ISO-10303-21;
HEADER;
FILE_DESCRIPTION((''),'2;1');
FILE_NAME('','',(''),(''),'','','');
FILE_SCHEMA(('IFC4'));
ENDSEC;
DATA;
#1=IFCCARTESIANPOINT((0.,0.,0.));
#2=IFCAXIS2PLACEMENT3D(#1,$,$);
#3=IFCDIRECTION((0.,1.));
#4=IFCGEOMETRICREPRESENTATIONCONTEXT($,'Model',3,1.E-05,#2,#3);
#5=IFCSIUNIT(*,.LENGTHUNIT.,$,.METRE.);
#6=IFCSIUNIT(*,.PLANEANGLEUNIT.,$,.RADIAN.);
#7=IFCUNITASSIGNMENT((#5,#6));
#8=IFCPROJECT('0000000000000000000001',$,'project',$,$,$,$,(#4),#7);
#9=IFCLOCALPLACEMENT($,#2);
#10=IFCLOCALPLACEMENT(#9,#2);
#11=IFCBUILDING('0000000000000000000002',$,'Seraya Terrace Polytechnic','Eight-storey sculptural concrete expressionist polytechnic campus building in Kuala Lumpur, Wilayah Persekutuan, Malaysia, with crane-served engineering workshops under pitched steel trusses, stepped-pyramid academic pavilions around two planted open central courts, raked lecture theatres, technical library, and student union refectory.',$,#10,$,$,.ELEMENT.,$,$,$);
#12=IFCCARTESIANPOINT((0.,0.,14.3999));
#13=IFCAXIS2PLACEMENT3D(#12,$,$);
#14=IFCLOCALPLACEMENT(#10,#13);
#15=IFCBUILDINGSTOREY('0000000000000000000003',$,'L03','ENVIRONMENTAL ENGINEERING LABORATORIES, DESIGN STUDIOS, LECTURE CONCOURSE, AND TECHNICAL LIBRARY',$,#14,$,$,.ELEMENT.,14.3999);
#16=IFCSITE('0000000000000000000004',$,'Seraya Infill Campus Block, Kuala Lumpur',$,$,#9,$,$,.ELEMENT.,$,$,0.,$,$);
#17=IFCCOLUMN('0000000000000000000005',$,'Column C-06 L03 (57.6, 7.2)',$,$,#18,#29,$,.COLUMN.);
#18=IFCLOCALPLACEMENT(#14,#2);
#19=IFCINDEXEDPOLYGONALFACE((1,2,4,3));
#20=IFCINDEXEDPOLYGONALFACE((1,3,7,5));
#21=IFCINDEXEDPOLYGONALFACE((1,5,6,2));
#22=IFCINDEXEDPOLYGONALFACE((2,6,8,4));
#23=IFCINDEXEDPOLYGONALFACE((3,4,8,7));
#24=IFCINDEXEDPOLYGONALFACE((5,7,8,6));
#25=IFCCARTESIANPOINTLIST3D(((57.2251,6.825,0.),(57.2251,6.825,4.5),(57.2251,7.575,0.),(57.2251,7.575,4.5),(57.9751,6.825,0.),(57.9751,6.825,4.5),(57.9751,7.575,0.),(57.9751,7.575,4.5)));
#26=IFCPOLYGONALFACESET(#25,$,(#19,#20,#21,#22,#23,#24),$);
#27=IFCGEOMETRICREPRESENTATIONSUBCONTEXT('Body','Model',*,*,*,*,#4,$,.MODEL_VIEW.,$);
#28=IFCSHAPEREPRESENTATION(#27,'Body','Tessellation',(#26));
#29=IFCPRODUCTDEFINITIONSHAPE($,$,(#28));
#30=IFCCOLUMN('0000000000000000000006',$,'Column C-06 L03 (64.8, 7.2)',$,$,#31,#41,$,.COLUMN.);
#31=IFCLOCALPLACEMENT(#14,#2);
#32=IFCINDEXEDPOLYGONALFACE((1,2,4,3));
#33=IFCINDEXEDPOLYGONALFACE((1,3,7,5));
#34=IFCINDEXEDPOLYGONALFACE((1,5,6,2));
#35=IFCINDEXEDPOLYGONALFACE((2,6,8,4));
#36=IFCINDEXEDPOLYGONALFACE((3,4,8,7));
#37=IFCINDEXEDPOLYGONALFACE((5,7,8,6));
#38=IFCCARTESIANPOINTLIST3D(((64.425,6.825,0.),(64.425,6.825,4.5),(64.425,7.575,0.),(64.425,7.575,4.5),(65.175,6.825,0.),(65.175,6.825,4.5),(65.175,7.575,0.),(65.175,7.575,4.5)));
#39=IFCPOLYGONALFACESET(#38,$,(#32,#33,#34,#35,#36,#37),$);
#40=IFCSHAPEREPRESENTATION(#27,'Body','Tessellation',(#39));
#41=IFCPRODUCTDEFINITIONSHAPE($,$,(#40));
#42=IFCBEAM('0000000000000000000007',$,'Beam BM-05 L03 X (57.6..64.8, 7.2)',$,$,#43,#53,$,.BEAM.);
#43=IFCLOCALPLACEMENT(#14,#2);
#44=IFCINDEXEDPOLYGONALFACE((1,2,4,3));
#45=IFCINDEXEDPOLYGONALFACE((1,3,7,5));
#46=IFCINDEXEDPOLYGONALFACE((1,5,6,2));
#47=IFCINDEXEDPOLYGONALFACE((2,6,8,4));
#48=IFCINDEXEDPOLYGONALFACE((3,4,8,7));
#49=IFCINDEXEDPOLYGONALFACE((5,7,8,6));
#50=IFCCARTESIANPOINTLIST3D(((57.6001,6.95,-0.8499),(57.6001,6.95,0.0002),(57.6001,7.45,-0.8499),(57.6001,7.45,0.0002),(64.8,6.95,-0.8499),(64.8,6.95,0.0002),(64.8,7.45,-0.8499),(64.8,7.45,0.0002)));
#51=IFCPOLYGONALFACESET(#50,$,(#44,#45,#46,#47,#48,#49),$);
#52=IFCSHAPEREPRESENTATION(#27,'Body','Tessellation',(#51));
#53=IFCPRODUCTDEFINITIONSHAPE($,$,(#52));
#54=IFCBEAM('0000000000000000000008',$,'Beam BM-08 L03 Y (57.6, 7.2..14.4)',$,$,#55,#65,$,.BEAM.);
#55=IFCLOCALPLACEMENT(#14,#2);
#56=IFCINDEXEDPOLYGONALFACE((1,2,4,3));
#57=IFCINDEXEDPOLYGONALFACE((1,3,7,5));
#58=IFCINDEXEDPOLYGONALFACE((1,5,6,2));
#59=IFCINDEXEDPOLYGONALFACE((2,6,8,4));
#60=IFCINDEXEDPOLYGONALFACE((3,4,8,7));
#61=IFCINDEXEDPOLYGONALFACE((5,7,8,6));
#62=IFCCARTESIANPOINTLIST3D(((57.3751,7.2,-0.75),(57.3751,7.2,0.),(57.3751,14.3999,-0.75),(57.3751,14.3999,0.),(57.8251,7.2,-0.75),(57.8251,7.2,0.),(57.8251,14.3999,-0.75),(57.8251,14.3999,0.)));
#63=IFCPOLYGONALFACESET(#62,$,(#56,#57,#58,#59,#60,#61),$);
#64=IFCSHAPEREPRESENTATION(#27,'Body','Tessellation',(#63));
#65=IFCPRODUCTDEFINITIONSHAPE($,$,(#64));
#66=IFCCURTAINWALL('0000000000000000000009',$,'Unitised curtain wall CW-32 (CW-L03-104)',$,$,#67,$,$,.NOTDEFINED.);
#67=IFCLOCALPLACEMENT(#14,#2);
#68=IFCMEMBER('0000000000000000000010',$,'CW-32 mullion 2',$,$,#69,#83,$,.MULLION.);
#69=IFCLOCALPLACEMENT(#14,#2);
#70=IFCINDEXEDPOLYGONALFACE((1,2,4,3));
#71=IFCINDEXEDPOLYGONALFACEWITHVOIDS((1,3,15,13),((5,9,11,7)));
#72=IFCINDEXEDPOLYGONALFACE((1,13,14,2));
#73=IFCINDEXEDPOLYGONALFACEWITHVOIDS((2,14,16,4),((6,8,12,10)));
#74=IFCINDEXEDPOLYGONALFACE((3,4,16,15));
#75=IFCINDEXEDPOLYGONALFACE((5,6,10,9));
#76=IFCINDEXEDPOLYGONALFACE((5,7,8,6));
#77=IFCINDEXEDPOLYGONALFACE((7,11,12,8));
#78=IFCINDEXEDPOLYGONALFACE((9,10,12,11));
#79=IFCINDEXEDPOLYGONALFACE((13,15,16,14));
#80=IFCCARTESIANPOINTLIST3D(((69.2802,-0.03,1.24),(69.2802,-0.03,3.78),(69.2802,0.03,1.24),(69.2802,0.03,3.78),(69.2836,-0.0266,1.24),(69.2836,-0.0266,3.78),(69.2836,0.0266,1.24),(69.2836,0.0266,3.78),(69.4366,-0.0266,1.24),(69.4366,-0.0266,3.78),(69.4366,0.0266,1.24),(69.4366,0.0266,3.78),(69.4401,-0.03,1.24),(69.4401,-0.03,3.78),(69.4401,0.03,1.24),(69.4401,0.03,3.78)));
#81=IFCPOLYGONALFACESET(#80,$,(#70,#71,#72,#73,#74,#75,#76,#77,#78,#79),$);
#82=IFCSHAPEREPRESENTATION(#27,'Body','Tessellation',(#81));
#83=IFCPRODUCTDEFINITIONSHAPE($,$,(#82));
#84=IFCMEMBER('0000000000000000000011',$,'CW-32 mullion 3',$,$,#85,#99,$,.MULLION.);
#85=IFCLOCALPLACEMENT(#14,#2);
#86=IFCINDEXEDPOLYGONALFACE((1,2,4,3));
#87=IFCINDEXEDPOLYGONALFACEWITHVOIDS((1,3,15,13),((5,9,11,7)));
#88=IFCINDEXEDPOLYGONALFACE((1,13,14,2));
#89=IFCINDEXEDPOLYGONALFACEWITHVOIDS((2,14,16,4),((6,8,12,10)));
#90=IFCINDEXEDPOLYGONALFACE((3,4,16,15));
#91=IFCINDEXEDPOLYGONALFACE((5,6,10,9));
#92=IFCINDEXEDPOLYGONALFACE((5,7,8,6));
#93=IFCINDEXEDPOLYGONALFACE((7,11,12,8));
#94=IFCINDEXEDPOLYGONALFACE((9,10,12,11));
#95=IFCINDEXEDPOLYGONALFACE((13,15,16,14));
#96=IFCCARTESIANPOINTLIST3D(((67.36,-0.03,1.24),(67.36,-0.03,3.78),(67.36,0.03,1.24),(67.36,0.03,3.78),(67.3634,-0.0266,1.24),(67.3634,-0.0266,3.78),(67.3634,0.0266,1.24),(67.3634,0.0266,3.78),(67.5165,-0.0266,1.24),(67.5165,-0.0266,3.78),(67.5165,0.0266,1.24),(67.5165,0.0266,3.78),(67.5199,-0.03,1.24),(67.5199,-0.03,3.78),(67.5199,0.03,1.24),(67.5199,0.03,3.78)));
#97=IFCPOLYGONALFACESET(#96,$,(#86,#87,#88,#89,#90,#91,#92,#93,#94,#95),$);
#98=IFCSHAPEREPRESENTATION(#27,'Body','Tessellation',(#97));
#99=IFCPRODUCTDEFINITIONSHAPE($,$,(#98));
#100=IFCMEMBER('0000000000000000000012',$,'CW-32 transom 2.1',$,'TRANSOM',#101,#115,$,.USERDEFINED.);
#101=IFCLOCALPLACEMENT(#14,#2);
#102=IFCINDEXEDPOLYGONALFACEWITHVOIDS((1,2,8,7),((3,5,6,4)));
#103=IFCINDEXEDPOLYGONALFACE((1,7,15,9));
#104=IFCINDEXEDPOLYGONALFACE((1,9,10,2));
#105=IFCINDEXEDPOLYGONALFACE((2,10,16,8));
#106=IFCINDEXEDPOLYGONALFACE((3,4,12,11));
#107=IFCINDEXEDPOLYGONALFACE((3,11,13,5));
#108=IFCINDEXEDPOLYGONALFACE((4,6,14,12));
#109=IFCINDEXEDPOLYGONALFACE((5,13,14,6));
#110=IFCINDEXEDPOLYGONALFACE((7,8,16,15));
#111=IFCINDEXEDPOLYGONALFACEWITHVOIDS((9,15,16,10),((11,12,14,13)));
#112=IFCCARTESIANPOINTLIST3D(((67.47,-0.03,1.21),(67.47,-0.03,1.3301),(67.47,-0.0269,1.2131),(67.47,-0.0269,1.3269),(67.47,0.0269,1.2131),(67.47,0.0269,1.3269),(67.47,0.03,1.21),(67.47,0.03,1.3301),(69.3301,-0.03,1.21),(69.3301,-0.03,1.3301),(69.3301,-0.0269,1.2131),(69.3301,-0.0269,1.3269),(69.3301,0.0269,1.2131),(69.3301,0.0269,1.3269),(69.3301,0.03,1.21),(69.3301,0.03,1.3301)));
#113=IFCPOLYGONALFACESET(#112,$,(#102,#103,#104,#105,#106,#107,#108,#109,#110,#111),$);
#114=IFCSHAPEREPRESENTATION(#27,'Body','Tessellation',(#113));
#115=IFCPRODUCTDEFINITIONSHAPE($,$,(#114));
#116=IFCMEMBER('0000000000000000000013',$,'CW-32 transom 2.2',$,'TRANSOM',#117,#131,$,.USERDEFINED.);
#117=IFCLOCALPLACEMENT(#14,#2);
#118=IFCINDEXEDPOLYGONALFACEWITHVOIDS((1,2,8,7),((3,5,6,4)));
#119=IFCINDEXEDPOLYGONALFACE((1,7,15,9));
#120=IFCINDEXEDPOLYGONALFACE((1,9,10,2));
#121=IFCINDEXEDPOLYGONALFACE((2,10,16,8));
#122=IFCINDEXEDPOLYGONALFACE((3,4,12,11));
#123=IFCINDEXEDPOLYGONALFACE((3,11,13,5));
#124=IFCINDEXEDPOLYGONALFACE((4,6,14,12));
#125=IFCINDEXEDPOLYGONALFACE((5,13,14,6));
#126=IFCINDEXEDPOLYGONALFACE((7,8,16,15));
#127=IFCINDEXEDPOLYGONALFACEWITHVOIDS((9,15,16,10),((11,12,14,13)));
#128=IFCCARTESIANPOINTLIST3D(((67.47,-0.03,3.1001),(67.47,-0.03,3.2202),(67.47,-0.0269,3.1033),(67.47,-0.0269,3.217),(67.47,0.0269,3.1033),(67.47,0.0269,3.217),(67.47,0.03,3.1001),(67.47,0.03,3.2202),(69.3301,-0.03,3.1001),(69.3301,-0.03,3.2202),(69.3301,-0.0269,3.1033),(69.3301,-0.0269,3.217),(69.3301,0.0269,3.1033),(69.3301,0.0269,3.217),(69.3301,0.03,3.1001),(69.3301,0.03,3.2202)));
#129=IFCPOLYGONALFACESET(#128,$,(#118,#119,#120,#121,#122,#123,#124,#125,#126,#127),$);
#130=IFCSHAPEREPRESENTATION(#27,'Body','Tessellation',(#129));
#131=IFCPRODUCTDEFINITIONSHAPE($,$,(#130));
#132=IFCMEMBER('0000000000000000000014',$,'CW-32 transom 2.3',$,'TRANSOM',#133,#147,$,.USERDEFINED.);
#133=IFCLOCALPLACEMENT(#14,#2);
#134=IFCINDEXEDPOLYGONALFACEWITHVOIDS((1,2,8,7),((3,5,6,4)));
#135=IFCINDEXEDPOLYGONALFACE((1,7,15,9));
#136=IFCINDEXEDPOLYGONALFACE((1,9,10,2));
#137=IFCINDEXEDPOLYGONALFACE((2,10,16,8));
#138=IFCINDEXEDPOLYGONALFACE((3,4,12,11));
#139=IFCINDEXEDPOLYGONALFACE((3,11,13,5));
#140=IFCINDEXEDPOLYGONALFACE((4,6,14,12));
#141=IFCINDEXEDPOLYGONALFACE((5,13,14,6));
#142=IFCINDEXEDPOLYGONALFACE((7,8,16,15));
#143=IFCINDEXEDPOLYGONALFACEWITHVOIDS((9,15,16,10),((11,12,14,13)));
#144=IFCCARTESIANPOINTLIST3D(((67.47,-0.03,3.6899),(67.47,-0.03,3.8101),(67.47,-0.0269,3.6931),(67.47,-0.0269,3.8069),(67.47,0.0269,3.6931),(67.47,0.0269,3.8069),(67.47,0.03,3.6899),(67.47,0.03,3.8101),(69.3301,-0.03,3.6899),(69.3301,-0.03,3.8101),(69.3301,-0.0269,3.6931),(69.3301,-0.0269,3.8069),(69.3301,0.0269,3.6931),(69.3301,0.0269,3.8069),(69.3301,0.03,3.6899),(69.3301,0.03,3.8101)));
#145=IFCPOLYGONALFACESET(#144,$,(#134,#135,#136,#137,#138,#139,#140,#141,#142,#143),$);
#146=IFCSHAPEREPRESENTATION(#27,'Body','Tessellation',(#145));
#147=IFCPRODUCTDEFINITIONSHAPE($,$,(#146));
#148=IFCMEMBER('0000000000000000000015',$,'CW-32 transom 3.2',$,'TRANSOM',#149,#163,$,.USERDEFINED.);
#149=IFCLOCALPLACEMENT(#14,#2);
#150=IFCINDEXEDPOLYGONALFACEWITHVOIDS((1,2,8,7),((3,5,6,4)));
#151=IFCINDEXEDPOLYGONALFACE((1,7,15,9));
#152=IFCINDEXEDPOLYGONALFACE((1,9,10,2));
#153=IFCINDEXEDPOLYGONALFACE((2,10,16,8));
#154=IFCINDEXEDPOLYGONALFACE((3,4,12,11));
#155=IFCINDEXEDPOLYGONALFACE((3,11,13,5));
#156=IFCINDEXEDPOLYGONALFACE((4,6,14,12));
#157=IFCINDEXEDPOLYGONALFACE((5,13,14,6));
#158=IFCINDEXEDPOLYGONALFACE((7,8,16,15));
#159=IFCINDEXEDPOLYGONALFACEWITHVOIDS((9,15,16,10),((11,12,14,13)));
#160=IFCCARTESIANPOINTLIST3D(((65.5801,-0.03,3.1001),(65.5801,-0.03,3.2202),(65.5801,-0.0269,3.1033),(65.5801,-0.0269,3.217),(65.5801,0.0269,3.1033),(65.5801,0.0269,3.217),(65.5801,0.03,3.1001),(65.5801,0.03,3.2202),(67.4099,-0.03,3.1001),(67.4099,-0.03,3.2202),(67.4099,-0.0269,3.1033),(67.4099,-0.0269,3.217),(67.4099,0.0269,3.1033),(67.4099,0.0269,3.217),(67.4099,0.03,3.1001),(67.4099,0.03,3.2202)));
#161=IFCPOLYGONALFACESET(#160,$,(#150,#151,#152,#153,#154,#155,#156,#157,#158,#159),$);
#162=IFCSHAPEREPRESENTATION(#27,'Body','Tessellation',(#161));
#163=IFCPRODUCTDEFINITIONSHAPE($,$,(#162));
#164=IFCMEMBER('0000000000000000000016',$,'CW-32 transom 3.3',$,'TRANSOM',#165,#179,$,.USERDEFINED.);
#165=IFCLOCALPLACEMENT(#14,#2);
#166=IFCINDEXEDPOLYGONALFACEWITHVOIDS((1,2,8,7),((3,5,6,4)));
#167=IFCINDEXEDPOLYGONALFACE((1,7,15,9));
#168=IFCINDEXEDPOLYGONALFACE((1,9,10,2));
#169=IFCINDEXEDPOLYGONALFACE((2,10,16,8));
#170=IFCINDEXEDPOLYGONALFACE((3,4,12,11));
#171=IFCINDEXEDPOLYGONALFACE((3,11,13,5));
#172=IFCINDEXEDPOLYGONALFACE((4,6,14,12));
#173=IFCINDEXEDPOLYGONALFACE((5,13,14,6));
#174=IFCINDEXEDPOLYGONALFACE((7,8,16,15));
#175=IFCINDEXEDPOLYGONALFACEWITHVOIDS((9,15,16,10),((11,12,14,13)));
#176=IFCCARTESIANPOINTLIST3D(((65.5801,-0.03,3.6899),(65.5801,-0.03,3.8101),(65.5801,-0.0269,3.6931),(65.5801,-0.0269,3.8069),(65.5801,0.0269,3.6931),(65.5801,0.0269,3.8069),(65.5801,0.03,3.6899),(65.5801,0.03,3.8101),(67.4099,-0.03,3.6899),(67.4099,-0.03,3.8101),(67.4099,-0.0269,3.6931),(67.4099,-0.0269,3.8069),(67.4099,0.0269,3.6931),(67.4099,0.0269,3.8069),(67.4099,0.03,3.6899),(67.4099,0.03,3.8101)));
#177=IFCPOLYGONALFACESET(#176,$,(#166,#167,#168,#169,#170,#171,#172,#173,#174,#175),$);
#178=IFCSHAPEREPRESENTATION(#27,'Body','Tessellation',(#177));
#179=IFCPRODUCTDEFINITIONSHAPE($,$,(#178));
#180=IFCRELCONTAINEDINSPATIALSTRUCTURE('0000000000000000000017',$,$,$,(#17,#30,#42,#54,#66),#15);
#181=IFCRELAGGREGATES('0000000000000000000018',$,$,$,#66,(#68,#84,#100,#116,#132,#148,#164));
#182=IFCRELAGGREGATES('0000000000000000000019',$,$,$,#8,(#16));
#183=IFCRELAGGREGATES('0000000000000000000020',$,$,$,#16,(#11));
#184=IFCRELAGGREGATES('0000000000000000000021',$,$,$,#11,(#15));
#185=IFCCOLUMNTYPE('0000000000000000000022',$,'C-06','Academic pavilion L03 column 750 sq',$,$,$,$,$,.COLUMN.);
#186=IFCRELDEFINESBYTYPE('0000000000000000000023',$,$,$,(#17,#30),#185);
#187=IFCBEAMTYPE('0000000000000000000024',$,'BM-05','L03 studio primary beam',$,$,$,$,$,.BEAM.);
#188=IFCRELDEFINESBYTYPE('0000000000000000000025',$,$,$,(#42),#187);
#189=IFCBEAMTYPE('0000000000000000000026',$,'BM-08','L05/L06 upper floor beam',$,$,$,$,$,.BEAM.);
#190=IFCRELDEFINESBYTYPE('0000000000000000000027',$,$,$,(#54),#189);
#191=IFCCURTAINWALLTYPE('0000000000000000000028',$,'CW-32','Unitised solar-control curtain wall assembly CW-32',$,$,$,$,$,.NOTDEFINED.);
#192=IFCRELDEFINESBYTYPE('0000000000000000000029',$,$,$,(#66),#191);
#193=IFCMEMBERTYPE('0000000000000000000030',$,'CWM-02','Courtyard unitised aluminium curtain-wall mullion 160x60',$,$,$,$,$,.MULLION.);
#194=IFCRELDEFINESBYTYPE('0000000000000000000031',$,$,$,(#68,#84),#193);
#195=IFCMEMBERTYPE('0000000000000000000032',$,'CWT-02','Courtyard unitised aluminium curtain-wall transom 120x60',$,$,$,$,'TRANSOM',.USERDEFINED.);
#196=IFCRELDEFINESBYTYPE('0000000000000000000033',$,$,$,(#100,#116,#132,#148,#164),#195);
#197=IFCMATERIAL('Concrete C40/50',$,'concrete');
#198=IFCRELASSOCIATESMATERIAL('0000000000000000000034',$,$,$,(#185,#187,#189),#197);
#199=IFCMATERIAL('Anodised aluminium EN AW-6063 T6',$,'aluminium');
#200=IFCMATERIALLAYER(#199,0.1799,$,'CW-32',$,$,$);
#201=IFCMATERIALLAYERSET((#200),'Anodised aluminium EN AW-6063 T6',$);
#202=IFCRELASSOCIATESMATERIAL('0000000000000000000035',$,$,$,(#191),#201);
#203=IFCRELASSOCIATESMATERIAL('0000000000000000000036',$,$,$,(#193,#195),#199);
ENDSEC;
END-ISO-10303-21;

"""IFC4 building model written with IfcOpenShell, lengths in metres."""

from ifc_helpers import new_model, si_unit, direction, frame, origin, origin_2d, place, context, subcontext, project, spatial, rectangle, hollow_rectangle, extrude, material, layer, layer_set, material_profile, profile_set, type_object, element, aggregate, save


model = new_model("IFC4")

# Units and contexts
model_context = context("Model", 3, precision=1e-05, world=origin(), true_north=direction((0.0, 1.0)))
body_context = subcontext(model_context, "Body", "Model", "MODEL_VIEW")
ifc_project = project(units=[si_unit("LENGTHUNIT", "METRE"), si_unit("PLANEANGLEUNIT", "RADIAN")], contexts=[model_context])

# Site, building, storey
site_placement = place(None, origin())
site = spatial("IfcSite", under=ifc_project, at=site_placement, Name="Seraya Infill Campus Block, Kuala Lumpur", CompositionType="ELEMENT", RefElevation=0.0)
building_placement = place(site_placement, origin())
building = spatial("IfcBuilding", under=site, at=building_placement, Name="Seraya Terrace Polytechnic", Description="Eight-storey sculptural concrete expressionist polytechnic campus building in Kuala Lumpur, Wilayah Persekutuan, Malaysia, with crane-served engineering workshops under pitched steel trusses, stepped-pyramid academic pavilions around two planted open central courts, raked lecture theatres, technical library, and student union refectory.", CompositionType="ELEMENT")
storey_placement = place(building_placement, frame((0.0, 0.0, 14.3999)))
storey = spatial("IfcBuildingStorey", under=building, at=storey_placement, Name="L03", Description="ENVIRONMENTAL ENGINEERING LABORATORIES, DESIGN STUDIOS, LECTURE CONCOURSE, AND TECHNICAL LIBRARY", CompositionType="ELEMENT", Elevation=14.3999)

# Columns
ifc_material_1 = material(Name="Concrete C40/50", Category="concrete")
ifc_material_profile_1 = material_profile(ifc_material_1, rectangle(XDim=0.75, YDim=0.75, at=origin_2d()), Name="RC 750x750")
ifc_profile_set_1 = profile_set([ifc_material_profile_1], Name="Concrete C40/50")
column_type = type_object("IfcColumnType", Name="C-06", Description="Academic pavilion L03 column 750 sq", PredefinedType="COLUMN", material=ifc_profile_set_1)
for number, where, z_axis, x_axis, name in (
    (1, (57.6001, 7.2, 0.0), (0.0, 0.0, 1.0), (1.0, 0.0, 0.0), "Column C-06 L03 (57.6, 7.2)"),
    (2, (64.8, 7.2, 0.0), (0.0, 0.0, 1.0), (1.0, 0.0, 0.0), "Column C-06 L03 (64.8, 7.2)"),
):
    element("IfcColumn", number, at=place(storey_placement, frame(where, z_axis=z_axis, x_axis=x_axis)), inside=storey, type_object=column_type, Name=name, PredefinedType="COLUMN", context=body_context, shape_type="SweptSolid", body=[
        extrude(rectangle(XDim=0.75, YDim=0.75, at=origin_2d()), origin(), (0.0, 0.0, 1.0), 4.5),
    ])

# Beams
ifc_material_profile_2 = material_profile(ifc_material_1, rectangle(XDim=0.5, YDim=0.8501, at=origin_2d()), Name="RC 500x850")
ifc_profile_set_2 = profile_set([ifc_material_profile_2], Name="Concrete C40/50")
beam_type_1 = type_object("IfcBeamType", Name="BM-05", Description="L03 studio primary beam", PredefinedType="BEAM", material=ifc_profile_set_2)
beam_1_placement = place(storey_placement, frame((57.6001, 7.2, -0.4248), z_axis=(1.0, 0.0, 0.0), x_axis=(0.0, 1.0, 0.0)))
element("IfcBeam", 3, at=beam_1_placement, inside=storey, type_object=beam_type_1, Name="Beam BM-05 L03 X (57.6..64.8, 7.2)", PredefinedType="BEAM", context=body_context, shape_type="SweptSolid", body=[
    extrude(rectangle(XDim=0.5, YDim=0.8501, at=origin_2d()), origin(), (0.0, 0.0, 1.0), 7.2),
])
ifc_material_profile_3 = material_profile(ifc_material_1, rectangle(XDim=0.45, YDim=0.75, at=origin_2d()), Name="RC 450x750")
ifc_profile_set_3 = profile_set([ifc_material_profile_3], Name="Concrete C40/50")
beam_type_2 = type_object("IfcBeamType", Name="BM-08", Description="L05/L06 upper floor beam", PredefinedType="BEAM", material=ifc_profile_set_3)
beam_2_placement = place(storey_placement, frame((57.6001, 7.2, -0.375), z_axis=(0.0, 1.0, 0.0), x_axis=(-1.0, 0.0, 0.0)))
element("IfcBeam", 4, at=beam_2_placement, inside=storey, type_object=beam_type_2, Name="Beam BM-08 L03 Y (57.6, 7.2..14.4)", PredefinedType="BEAM", context=body_context, shape_type="SweptSolid", body=[
    extrude(rectangle(XDim=0.45, YDim=0.75, at=origin_2d()), origin(), (0.0, 0.0, 1.0), 7.2),
])

# Curtain wall, members
ifc_material_2 = material(Name="Anodised aluminium EN AW-6063 T6", Category="aluminium")
ifc_layer_1 = layer(ifc_material_2, 0.1799, Name="CW-32")
ifc_layer_set_1 = layer_set([ifc_layer_1], Name="Anodised aluminium EN AW-6063 T6")
curtain_wall_type = type_object("IfcCurtainWallType", Name="CW-32", Description="Unitised solar-control curtain wall assembly CW-32", PredefinedType="NOTDEFINED", material=ifc_layer_set_1)
curtain_wall_placement = place(storey_placement, origin())
curtain_wall = element("IfcCurtainWall", 5, at=curtain_wall_placement, inside=storey, type_object=curtain_wall_type, Name="Unitised curtain wall CW-32 (CW-L03-104)", PredefinedType="NOTDEFINED")
ifc_material_profile_4 = material_profile(ifc_material_2, hollow_rectangle(XDim=0.0601, YDim=0.1599, WallThickness=0.0034, at=origin_2d()), Name="RHS 160x60x3.5")
ifc_profile_set_4 = profile_set([ifc_material_profile_4], Name="Anodised aluminium EN AW-6063 T6")
member_type_1 = type_object("IfcMemberType", Name="CWM-02", Description="Courtyard unitised aluminium curtain-wall mullion 160x60", PredefinedType="MULLION", material=ifc_profile_set_4)
member_1_placement = place(storey_placement, frame((69.3601, 0.0, 1.24), z_axis=(0.0, 0.0, 1.0), x_axis=(0.0, -1.0, 0.0)))
member_1 = element("IfcMember", 6, at=member_1_placement, type_object=member_type_1, Name="CW-32 mullion 2", PredefinedType="MULLION", context=body_context, shape_type="SweptSolid", body=[
    extrude(hollow_rectangle(XDim=0.0601, YDim=0.1599, WallThickness=0.0034, at=origin_2d()), origin(), (0.0, 0.0, 1.0), 2.54),
])
member_2_placement = place(storey_placement, frame((67.4399, 0.0, 1.24), z_axis=(0.0, 0.0, 1.0), x_axis=(0.0, -1.0, 0.0)))
member_2 = element("IfcMember", 7, at=member_2_placement, type_object=member_type_1, Name="CW-32 mullion 3", PredefinedType="MULLION", context=body_context, shape_type="SweptSolid", body=[
    extrude(hollow_rectangle(XDim=0.0601, YDim=0.1599, WallThickness=0.0034, at=origin_2d()), origin(), (0.0, 0.0, 1.0), 2.54),
])
ifc_material_profile_5 = material_profile(ifc_material_2, hollow_rectangle(XDim=0.0601, YDim=0.1201, WallThickness=0.0032, at=origin_2d()), Name="RHS 120x60x3.2")
ifc_profile_set_5 = profile_set([ifc_material_profile_5], Name="Anodised aluminium EN AW-6063 T6")
member_type_2 = type_object("IfcMemberType", Name="CWT-02", Description="Courtyard unitised aluminium curtain-wall transom 120x60", ElementType="TRANSOM", PredefinedType="USERDEFINED", material=ifc_profile_set_5)
member_3_placement = place(storey_placement, frame((69.3301, 0.0, 1.27), z_axis=(-1.0, 0.0, 0.0), x_axis=(0.0, -1.0, 0.0)))
member_3 = element("IfcMember", 8, at=member_3_placement, type_object=member_type_2, Name="CW-32 transom 2.1", ObjectType="TRANSOM", PredefinedType="USERDEFINED", context=body_context, shape_type="SweptSolid", body=[
    extrude(hollow_rectangle(XDim=0.0601, YDim=0.1201, WallThickness=0.0032, at=origin_2d()), origin(), (0.0, 0.0, 1.0), 1.8601),
])
member_4_placement = place(storey_placement, frame((69.3301, 0.0, 3.1602), z_axis=(-1.0, 0.0, 0.0), x_axis=(0.0, -1.0, 0.0)))
member_4 = element("IfcMember", 9, at=member_4_placement, type_object=member_type_2, Name="CW-32 transom 2.2", ObjectType="TRANSOM", PredefinedType="USERDEFINED", context=body_context, shape_type="SweptSolid", body=[
    extrude(hollow_rectangle(XDim=0.0601, YDim=0.1201, WallThickness=0.0032, at=origin_2d()), origin(), (0.0, 0.0, 1.0), 1.8601),
])
member_5_placement = place(storey_placement, frame((69.3301, 0.0, 3.75), z_axis=(-1.0, 0.0, 0.0), x_axis=(0.0, -1.0, 0.0)))
member_5 = element("IfcMember", 10, at=member_5_placement, type_object=member_type_2, Name="CW-32 transom 2.3", ObjectType="TRANSOM", PredefinedType="USERDEFINED", context=body_context, shape_type="SweptSolid", body=[
    extrude(hollow_rectangle(XDim=0.0601, YDim=0.1201, WallThickness=0.0032, at=origin_2d()), origin(), (0.0, 0.0, 1.0), 1.8601),
])
member_6_placement = place(storey_placement, frame((67.4099, 0.0, 3.1602), z_axis=(-1.0, 0.0, 0.0), x_axis=(0.0, -1.0, 0.0)))
member_6 = element("IfcMember", 11, at=member_6_placement, type_object=member_type_2, Name="CW-32 transom 3.2", ObjectType="TRANSOM", PredefinedType="USERDEFINED", context=body_context, shape_type="SweptSolid", body=[
    extrude(hollow_rectangle(XDim=0.0601, YDim=0.1201, WallThickness=0.0032, at=origin_2d()), origin(), (0.0, 0.0, 1.0), 1.8298),
])
member_7_placement = place(storey_placement, frame((67.4099, 0.0, 3.75), z_axis=(-1.0, 0.0, 0.0), x_axis=(0.0, -1.0, 0.0)))
member_7 = element("IfcMember", 12, at=member_7_placement, type_object=member_type_2, Name="CW-32 transom 3.3", ObjectType="TRANSOM", PredefinedType="USERDEFINED", context=body_context, shape_type="SweptSolid", body=[
    extrude(hollow_rectangle(XDim=0.0601, YDim=0.1201, WallThickness=0.0032, at=origin_2d()), origin(), (0.0, 0.0, 1.0), 1.8298),
])

aggregate(curtain_wall, [member_1, member_2, member_3, member_4, member_5, member_6, member_7])

save(model, "model.ifc")
